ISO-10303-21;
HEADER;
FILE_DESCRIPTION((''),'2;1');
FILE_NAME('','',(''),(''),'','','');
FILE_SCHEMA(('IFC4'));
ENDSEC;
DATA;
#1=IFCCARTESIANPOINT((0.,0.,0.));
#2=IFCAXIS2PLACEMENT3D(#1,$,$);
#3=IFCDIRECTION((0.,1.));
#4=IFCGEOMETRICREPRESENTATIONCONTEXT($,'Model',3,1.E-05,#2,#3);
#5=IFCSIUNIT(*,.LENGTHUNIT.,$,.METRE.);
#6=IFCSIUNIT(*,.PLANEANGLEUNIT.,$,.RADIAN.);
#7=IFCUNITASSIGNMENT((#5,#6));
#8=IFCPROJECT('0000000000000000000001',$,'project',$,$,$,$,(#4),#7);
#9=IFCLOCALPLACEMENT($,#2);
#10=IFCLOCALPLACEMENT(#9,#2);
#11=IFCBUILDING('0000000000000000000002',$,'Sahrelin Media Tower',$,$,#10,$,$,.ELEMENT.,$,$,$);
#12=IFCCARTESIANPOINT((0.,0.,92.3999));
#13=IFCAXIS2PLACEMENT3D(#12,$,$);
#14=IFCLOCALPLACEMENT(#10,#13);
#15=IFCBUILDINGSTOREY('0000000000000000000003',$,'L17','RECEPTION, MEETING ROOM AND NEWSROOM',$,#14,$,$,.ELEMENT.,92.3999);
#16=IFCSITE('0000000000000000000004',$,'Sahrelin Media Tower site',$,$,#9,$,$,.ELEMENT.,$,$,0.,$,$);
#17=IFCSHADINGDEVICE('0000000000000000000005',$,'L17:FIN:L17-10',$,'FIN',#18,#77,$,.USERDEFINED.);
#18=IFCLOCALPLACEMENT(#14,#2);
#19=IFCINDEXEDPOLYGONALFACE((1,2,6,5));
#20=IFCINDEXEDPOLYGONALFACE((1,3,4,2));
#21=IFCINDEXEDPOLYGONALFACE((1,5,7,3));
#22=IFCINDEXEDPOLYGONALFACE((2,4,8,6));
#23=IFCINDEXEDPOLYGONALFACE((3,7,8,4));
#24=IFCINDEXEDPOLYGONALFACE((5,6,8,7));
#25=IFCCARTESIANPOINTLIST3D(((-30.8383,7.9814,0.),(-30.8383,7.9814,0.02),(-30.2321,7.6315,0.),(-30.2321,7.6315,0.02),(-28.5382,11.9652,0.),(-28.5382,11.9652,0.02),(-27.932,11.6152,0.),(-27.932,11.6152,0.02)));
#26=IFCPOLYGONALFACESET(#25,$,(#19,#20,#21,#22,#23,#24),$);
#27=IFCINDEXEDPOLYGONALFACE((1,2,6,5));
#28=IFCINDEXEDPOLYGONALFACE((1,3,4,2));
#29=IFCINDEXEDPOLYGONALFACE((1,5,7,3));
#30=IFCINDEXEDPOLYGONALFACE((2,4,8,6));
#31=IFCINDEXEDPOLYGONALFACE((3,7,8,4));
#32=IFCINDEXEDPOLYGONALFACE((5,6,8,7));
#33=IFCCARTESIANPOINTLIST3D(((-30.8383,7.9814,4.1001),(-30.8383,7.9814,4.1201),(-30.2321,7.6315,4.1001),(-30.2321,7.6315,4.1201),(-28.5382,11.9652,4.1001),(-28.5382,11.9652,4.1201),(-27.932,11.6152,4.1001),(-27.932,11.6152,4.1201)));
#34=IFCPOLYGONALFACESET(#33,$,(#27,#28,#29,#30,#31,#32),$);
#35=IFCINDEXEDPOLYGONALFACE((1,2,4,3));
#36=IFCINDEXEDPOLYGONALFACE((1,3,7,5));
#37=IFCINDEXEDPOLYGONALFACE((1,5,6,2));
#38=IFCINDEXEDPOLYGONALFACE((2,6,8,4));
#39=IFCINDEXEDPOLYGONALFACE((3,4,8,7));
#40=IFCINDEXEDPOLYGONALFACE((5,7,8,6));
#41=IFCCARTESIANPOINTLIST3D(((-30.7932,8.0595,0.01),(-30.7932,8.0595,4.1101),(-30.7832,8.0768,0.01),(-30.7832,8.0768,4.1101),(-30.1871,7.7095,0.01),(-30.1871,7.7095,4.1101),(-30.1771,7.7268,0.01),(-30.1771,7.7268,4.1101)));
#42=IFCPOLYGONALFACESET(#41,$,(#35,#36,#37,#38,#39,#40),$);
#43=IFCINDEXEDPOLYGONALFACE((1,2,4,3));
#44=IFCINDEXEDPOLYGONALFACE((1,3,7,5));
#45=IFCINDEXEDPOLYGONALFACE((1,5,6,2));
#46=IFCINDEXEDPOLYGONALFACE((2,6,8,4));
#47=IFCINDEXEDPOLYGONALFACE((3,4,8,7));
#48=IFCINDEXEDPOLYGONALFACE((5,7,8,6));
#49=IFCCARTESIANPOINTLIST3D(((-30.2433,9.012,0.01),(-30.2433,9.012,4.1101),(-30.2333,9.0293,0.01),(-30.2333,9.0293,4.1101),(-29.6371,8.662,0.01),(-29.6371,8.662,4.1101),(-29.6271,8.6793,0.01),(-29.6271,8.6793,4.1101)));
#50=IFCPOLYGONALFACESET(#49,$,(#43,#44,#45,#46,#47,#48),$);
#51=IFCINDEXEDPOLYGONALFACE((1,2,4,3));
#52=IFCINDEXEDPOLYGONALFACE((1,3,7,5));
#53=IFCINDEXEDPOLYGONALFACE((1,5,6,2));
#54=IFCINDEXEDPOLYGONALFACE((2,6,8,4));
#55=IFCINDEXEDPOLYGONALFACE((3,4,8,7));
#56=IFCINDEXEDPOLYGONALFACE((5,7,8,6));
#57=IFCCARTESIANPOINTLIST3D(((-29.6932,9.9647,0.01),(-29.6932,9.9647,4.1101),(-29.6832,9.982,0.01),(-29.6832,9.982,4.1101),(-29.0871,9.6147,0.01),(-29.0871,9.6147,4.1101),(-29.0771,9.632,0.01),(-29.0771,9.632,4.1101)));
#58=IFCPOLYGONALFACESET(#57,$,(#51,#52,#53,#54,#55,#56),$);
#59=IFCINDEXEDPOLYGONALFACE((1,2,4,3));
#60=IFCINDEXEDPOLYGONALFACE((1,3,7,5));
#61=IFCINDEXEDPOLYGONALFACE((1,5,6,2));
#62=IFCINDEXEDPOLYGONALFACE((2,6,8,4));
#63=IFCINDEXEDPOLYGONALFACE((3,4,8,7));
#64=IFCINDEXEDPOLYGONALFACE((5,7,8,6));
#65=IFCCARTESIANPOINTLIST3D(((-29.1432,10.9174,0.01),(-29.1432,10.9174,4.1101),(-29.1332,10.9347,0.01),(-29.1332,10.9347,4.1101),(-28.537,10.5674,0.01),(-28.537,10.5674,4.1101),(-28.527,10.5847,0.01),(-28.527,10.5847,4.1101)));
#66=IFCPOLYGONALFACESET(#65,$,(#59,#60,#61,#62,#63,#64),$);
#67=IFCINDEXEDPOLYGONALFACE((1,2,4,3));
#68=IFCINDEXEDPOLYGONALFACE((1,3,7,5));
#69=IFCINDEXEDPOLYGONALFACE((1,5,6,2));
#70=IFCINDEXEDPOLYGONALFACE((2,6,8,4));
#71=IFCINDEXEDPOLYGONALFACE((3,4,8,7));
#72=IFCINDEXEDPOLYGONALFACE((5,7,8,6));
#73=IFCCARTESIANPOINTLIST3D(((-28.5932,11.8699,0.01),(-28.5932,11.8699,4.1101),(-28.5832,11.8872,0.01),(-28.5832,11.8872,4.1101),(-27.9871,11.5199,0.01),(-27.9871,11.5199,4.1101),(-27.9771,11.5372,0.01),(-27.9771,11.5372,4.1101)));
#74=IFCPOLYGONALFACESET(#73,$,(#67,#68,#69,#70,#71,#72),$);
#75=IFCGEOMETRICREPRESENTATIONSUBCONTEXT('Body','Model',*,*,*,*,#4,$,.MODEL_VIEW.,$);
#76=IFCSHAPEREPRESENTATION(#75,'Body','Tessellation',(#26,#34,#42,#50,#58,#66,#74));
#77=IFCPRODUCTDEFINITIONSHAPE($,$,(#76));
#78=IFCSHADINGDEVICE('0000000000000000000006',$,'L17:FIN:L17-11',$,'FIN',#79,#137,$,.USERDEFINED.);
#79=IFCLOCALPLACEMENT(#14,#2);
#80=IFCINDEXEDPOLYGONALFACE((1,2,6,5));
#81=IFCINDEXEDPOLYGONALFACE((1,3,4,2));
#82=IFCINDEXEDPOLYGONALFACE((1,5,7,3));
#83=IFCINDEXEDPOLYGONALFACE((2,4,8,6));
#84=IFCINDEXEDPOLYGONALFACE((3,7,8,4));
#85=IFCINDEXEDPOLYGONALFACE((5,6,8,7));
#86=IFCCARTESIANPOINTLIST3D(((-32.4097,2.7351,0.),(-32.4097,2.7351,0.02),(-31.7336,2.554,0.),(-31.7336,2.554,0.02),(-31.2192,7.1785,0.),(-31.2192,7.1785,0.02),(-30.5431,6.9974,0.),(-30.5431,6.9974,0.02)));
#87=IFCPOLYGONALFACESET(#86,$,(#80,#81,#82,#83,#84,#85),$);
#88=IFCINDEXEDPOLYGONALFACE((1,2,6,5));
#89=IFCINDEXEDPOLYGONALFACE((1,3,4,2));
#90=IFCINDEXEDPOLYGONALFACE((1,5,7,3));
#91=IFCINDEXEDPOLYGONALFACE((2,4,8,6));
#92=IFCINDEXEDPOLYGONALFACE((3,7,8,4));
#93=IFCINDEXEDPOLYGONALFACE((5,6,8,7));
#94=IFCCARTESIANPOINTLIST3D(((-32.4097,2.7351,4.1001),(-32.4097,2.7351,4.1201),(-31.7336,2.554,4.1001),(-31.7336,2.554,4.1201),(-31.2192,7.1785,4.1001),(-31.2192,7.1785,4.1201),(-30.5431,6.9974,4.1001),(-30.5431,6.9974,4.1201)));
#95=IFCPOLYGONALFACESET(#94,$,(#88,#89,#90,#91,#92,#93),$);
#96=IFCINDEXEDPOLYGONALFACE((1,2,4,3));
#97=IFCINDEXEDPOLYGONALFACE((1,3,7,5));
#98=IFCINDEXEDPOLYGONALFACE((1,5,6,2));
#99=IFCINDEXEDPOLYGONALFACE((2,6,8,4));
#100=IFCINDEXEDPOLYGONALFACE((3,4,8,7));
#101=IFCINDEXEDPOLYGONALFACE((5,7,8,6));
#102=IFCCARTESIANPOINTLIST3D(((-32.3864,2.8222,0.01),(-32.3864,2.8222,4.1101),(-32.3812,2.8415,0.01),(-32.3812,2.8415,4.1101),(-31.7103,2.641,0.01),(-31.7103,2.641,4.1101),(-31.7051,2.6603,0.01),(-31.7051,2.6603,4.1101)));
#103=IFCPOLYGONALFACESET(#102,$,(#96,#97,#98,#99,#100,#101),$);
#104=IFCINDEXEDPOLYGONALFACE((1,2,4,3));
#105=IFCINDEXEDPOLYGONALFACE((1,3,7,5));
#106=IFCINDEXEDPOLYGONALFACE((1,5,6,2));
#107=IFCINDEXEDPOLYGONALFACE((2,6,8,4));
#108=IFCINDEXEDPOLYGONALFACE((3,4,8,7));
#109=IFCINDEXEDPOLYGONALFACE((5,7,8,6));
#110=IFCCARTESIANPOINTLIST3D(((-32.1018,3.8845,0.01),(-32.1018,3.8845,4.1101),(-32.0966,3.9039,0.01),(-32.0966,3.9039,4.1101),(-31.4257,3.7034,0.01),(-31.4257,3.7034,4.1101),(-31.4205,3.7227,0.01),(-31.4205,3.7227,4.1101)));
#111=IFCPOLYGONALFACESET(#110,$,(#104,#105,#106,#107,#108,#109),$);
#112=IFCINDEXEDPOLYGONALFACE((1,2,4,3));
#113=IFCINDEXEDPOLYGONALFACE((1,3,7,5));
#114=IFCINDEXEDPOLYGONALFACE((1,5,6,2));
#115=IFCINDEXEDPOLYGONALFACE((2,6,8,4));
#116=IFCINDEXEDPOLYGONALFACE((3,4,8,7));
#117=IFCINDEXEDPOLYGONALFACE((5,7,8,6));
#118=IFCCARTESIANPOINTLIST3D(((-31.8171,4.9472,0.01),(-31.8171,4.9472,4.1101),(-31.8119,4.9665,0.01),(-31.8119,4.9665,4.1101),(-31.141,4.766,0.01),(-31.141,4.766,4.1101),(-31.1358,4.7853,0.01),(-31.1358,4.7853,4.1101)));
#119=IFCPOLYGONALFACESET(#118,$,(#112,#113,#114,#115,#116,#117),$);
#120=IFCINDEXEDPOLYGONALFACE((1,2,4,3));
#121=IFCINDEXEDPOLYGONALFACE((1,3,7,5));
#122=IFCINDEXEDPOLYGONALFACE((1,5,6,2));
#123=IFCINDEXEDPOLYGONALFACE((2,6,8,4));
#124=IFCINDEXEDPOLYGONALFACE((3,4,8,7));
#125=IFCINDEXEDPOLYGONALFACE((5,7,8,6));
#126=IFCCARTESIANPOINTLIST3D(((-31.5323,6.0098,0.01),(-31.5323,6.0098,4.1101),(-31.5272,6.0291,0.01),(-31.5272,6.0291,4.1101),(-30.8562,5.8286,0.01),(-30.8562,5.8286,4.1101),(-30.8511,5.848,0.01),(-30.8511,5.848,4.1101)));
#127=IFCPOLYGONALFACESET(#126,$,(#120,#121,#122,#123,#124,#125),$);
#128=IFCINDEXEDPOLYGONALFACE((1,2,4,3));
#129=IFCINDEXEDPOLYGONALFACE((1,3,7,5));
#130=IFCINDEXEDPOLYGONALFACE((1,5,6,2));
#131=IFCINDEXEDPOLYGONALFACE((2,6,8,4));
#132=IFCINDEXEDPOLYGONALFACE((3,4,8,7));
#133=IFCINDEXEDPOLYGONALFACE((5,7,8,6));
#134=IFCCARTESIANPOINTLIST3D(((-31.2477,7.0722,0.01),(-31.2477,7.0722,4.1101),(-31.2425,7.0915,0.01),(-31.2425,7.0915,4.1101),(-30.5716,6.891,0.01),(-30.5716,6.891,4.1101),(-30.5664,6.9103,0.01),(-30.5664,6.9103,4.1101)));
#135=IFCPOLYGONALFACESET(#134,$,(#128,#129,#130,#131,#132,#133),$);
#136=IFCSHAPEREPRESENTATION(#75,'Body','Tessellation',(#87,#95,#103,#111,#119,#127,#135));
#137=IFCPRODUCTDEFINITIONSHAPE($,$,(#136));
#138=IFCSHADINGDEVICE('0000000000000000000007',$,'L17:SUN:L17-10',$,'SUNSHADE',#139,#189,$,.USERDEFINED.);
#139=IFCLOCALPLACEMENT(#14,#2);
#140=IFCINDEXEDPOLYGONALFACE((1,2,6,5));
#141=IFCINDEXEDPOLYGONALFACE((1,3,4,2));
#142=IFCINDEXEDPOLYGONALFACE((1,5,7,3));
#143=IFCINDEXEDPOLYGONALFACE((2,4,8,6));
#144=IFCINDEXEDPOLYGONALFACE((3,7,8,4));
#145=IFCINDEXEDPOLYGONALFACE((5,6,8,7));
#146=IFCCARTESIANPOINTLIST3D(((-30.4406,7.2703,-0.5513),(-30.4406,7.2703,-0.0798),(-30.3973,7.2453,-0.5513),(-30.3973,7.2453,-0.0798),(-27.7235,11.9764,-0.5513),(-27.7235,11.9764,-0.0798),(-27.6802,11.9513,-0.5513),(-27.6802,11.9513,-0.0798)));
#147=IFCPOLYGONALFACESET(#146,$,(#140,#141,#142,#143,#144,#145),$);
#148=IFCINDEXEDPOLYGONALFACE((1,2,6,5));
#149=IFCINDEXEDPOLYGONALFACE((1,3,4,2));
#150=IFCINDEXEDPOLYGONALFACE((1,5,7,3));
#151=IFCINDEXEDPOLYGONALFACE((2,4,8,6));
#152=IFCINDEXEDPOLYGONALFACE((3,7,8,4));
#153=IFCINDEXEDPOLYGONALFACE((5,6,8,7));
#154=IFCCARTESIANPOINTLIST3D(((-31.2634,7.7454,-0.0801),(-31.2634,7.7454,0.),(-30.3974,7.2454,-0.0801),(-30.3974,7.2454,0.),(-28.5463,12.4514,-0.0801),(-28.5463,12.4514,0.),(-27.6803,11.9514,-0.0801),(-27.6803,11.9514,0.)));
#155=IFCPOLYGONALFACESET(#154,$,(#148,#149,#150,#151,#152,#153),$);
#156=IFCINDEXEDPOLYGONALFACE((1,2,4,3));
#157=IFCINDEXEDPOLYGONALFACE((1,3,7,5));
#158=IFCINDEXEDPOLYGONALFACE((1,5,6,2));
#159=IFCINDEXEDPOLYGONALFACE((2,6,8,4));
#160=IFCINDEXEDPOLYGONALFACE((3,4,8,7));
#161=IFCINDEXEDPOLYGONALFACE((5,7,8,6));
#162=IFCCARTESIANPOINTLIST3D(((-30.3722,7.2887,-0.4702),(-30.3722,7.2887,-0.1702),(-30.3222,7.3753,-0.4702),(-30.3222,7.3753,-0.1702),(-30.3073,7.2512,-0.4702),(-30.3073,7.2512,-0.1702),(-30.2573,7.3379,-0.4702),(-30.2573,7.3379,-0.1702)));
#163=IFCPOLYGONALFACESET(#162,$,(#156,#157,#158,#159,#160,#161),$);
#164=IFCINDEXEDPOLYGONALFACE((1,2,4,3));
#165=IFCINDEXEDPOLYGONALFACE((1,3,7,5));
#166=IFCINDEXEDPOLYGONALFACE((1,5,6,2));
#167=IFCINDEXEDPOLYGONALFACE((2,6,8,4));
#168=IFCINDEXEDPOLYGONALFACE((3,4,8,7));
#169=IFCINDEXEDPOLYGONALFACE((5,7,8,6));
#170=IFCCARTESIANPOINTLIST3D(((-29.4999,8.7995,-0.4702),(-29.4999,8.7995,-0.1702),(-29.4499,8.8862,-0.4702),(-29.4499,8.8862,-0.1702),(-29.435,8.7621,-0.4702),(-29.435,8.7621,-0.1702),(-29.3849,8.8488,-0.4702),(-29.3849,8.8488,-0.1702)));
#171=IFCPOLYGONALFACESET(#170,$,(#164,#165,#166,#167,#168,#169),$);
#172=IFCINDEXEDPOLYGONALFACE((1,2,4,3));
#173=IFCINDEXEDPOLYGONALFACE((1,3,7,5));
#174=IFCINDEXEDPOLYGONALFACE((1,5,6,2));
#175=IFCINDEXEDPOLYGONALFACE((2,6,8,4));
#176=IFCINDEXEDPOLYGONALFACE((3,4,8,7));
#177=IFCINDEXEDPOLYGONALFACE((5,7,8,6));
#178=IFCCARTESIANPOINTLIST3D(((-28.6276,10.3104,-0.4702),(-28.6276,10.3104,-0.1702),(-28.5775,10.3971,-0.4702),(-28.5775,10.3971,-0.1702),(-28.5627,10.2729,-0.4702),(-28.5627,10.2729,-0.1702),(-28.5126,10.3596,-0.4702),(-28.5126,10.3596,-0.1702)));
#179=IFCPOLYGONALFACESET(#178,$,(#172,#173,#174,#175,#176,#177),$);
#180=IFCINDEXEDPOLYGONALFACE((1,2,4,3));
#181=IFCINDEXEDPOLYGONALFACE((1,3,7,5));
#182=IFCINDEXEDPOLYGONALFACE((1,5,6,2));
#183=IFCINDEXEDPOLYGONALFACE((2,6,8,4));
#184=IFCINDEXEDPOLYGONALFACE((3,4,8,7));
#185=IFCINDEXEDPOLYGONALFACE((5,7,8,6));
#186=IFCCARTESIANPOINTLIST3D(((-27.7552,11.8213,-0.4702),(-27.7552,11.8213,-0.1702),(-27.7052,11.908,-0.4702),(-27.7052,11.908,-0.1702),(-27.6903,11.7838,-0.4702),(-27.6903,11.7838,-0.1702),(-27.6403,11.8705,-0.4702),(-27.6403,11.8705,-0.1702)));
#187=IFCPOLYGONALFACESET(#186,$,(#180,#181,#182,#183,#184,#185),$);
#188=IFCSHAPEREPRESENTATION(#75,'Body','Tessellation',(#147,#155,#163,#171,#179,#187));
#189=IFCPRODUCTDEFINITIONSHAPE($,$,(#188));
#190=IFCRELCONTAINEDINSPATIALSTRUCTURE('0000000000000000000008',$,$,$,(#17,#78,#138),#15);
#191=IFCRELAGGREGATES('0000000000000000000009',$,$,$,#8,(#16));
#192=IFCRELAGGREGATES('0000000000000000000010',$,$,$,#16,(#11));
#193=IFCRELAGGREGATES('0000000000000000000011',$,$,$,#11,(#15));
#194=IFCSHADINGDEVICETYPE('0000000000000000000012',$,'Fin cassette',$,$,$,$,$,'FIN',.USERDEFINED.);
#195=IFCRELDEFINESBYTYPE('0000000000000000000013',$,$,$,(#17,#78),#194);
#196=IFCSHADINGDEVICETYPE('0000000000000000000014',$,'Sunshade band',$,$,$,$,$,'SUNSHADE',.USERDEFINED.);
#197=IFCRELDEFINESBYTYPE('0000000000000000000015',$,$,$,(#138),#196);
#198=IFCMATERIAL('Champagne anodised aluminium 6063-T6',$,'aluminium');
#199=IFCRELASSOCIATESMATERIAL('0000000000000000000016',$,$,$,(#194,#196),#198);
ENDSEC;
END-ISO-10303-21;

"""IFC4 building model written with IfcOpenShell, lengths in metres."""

from ifc_helpers import new_model, si_unit, direction, frame, origin, origin_2d, place, context, subcontext, project, spatial, rectangle, extrude, material, type_object, element, save


model = new_model("IFC4")

# Units and contexts
model_context = context("Model", 3, precision=1e-05, world=origin(), true_north=direction((0.0, 1.0)))
body_context = subcontext(model_context, "Body", "Model", "MODEL_VIEW")
ifc_project = project(units=[si_unit("LENGTHUNIT", "METRE"), si_unit("PLANEANGLEUNIT", "RADIAN")], contexts=[model_context])

# Site, building, storey
site_placement = place(None, origin())
site = spatial("IfcSite", under=ifc_project, at=site_placement, Name="Sahrelin Media Tower site", CompositionType="ELEMENT", RefElevation=0.0)
building_placement = place(site_placement, origin())
building = spatial("IfcBuilding", under=site, at=building_placement, Name="Sahrelin Media Tower", CompositionType="ELEMENT")
storey_placement = place(building_placement, frame((0.0, 0.0, 92.3999)))
storey = spatial("IfcBuildingStorey", under=building, at=storey_placement, Name="L17", Description="RECEPTION, MEETING ROOM AND NEWSROOM", CompositionType="ELEMENT", Elevation=92.3999)

# Shared definitions
ifc_material_1 = material(Name="Champagne anodised aluminium 6063-T6", Category="aluminium")

# Shading devices
shading_device_type_1 = type_object("IfcShadingDeviceType", Name="Fin cassette", ElementType="FIN", PredefinedType="USERDEFINED", material=ifc_material_1)
placement_1 = place(storey_placement, frame((-29.0215, 9.5884, 0.0), z_axis=(0.0, 0.0, 1.0), x_axis=(0.500011, 0.866019, 0.0)))
element("IfcShadingDevice", 1, at=placement_1, inside=storey, type_object=shading_device_type_1, Name="L17:FIN:L17-10", ObjectType="FIN", PredefinedType="USERDEFINED", context=body_context, shape_type="SweptSolid", body=[
    extrude(rectangle(XDim=4.6001, YDim=0.7, at=origin_2d()), frame((0.0, 0.4199, 0.0)), (0.0, 0.0, 1.0), 0.02),
    extrude(rectangle(XDim=4.6001, YDim=0.7, at=origin_2d()), frame((0.0, 0.4199, 4.1001)), (0.0, 0.0, 1.0), 0.02),
    extrude(rectangle(XDim=0.02, YDim=0.7, at=origin_2d()), frame((-2.2, 0.4199, 0.01), z_axis=(0.0, 0.0, 1.0), x_axis=(1.0, 0.0, 0.0)), (0.0, 0.0, 1.0), 4.1001),
    extrude(rectangle(XDim=0.02, YDim=0.7, at=origin_2d()), frame((-1.1001, 0.4199, 0.01), z_axis=(0.0, 0.0, 1.0), x_axis=(1.0, 0.0, 0.0)), (0.0, 0.0, 1.0), 4.1001),
    extrude(rectangle(XDim=0.02, YDim=0.7, at=origin_2d()), frame((0.0, 0.4199, 0.01), z_axis=(0.0, 0.0, 1.0), x_axis=(1.0, 0.0, 0.0)), (0.0, 0.0, 1.0), 4.1001),
    extrude(rectangle(XDim=0.02, YDim=0.7, at=origin_2d()), frame((1.1001, 0.4199, 0.01), z_axis=(0.0, 0.0, 1.0), x_axis=(1.0, 0.0, 0.0)), (0.0, 0.0, 1.0), 4.1001),
    extrude(rectangle(XDim=0.02, YDim=0.7, at=origin_2d()), frame((2.2, 0.4199, 0.01), z_axis=(0.0, 0.0, 1.0), x_axis=(1.0, 0.0, 0.0)), (0.0, 0.0, 1.0), 4.1001),
])
placement_2 = place(storey_placement, frame((-31.0708, 4.7576, 0.0), z_axis=(0.0, 0.0, 1.0), x_axis=(0.258808, 0.965929, 0.0)))
element("IfcShadingDevice", 2, at=placement_2, inside=storey, type_object=shading_device_type_1, Name="L17:FIN:L17-11", ObjectType="FIN", PredefinedType="USERDEFINED", context=body_context, shape_type="SweptSolid", body=[
    extrude(rectangle(XDim=4.6001, YDim=0.7, at=origin_2d()), frame((0.0, 0.4199, 0.0)), (0.0, 0.0, 1.0), 0.02),
    extrude(rectangle(XDim=4.6001, YDim=0.7, at=origin_2d()), frame((0.0, 0.4199, 4.1001)), (0.0, 0.0, 1.0), 0.02),
    extrude(rectangle(XDim=0.02, YDim=0.7, at=origin_2d()), frame((-2.2, 0.4199, 0.01), z_axis=(0.0, 0.0, 1.0), x_axis=(1.0, 0.0, 0.0)), (0.0, 0.0, 1.0), 4.1001),
    extrude(rectangle(XDim=0.02, YDim=0.7, at=origin_2d()), frame((-1.1001, 0.4199, 0.01), z_axis=(0.0, 0.0, 1.0), x_axis=(1.0, 0.0, 0.0)), (0.0, 0.0, 1.0), 4.1001),
    extrude(rectangle(XDim=0.02, YDim=0.7, at=origin_2d()), frame((0.0, 0.4199, 0.01), z_axis=(0.0, 0.0, 1.0), x_axis=(1.0, 0.0, 0.0)), (0.0, 0.0, 1.0), 4.1001),
    extrude(rectangle(XDim=0.02, YDim=0.7, at=origin_2d()), frame((1.1001, 0.4199, 0.01), z_axis=(0.0, 0.0, 1.0), x_axis=(1.0, 0.0, 0.0)), (0.0, 0.0, 1.0), 4.1001),
    extrude(rectangle(XDim=0.02, YDim=0.7, at=origin_2d()), frame((2.2, 0.4199, 0.01), z_axis=(0.0, 0.0, 1.0), x_axis=(1.0, 0.0, 0.0)), (0.0, 0.0, 1.0), 4.1001),
])
shading_device_type_2 = type_object("IfcShadingDeviceType", Name="Sunshade band", ElementType="SUNSHADE", PredefinedType="USERDEFINED", material=ifc_material_1)
element("IfcShadingDevice", 3, at=placement_1, inside=storey, type_object=shading_device_type_2, Name="L17:SUN:L17-10", ObjectType="SUNSHADE", PredefinedType="USERDEFINED", context=body_context, shape_type="SweptSolid", body=[
    extrude(rectangle(XDim=5.4341, YDim=0.05, at=origin_2d()), frame((0.0, 0.0449, -0.5513)), (0.0, 0.0, 1.0), 0.4714),
    extrude(rectangle(XDim=5.4341, YDim=1.0, at=origin_2d()), frame((0.0, 0.52, -0.0801)), (0.0, 0.0, 1.0), 0.0801),
    extrude(rectangle(XDim=0.1001, YDim=0.075, at=origin_2d()), frame((-2.6169, -0.0176, -0.4702)), (0.0, 0.0, 1.0), 0.3),
    extrude(rectangle(XDim=0.1001, YDim=0.075, at=origin_2d()), frame((-0.8723, -0.0176, -0.4702)), (0.0, 0.0, 1.0), 0.3),
    extrude(rectangle(XDim=0.1001, YDim=0.075, at=origin_2d()), frame((0.8723, -0.0176, -0.4702)), (0.0, 0.0, 1.0), 0.3),
    extrude(rectangle(XDim=0.1001, YDim=0.075, at=origin_2d()), frame((2.6169, -0.0176, -0.4702)), (0.0, 0.0, 1.0), 0.3),
])

save(model, "model.ifc")
